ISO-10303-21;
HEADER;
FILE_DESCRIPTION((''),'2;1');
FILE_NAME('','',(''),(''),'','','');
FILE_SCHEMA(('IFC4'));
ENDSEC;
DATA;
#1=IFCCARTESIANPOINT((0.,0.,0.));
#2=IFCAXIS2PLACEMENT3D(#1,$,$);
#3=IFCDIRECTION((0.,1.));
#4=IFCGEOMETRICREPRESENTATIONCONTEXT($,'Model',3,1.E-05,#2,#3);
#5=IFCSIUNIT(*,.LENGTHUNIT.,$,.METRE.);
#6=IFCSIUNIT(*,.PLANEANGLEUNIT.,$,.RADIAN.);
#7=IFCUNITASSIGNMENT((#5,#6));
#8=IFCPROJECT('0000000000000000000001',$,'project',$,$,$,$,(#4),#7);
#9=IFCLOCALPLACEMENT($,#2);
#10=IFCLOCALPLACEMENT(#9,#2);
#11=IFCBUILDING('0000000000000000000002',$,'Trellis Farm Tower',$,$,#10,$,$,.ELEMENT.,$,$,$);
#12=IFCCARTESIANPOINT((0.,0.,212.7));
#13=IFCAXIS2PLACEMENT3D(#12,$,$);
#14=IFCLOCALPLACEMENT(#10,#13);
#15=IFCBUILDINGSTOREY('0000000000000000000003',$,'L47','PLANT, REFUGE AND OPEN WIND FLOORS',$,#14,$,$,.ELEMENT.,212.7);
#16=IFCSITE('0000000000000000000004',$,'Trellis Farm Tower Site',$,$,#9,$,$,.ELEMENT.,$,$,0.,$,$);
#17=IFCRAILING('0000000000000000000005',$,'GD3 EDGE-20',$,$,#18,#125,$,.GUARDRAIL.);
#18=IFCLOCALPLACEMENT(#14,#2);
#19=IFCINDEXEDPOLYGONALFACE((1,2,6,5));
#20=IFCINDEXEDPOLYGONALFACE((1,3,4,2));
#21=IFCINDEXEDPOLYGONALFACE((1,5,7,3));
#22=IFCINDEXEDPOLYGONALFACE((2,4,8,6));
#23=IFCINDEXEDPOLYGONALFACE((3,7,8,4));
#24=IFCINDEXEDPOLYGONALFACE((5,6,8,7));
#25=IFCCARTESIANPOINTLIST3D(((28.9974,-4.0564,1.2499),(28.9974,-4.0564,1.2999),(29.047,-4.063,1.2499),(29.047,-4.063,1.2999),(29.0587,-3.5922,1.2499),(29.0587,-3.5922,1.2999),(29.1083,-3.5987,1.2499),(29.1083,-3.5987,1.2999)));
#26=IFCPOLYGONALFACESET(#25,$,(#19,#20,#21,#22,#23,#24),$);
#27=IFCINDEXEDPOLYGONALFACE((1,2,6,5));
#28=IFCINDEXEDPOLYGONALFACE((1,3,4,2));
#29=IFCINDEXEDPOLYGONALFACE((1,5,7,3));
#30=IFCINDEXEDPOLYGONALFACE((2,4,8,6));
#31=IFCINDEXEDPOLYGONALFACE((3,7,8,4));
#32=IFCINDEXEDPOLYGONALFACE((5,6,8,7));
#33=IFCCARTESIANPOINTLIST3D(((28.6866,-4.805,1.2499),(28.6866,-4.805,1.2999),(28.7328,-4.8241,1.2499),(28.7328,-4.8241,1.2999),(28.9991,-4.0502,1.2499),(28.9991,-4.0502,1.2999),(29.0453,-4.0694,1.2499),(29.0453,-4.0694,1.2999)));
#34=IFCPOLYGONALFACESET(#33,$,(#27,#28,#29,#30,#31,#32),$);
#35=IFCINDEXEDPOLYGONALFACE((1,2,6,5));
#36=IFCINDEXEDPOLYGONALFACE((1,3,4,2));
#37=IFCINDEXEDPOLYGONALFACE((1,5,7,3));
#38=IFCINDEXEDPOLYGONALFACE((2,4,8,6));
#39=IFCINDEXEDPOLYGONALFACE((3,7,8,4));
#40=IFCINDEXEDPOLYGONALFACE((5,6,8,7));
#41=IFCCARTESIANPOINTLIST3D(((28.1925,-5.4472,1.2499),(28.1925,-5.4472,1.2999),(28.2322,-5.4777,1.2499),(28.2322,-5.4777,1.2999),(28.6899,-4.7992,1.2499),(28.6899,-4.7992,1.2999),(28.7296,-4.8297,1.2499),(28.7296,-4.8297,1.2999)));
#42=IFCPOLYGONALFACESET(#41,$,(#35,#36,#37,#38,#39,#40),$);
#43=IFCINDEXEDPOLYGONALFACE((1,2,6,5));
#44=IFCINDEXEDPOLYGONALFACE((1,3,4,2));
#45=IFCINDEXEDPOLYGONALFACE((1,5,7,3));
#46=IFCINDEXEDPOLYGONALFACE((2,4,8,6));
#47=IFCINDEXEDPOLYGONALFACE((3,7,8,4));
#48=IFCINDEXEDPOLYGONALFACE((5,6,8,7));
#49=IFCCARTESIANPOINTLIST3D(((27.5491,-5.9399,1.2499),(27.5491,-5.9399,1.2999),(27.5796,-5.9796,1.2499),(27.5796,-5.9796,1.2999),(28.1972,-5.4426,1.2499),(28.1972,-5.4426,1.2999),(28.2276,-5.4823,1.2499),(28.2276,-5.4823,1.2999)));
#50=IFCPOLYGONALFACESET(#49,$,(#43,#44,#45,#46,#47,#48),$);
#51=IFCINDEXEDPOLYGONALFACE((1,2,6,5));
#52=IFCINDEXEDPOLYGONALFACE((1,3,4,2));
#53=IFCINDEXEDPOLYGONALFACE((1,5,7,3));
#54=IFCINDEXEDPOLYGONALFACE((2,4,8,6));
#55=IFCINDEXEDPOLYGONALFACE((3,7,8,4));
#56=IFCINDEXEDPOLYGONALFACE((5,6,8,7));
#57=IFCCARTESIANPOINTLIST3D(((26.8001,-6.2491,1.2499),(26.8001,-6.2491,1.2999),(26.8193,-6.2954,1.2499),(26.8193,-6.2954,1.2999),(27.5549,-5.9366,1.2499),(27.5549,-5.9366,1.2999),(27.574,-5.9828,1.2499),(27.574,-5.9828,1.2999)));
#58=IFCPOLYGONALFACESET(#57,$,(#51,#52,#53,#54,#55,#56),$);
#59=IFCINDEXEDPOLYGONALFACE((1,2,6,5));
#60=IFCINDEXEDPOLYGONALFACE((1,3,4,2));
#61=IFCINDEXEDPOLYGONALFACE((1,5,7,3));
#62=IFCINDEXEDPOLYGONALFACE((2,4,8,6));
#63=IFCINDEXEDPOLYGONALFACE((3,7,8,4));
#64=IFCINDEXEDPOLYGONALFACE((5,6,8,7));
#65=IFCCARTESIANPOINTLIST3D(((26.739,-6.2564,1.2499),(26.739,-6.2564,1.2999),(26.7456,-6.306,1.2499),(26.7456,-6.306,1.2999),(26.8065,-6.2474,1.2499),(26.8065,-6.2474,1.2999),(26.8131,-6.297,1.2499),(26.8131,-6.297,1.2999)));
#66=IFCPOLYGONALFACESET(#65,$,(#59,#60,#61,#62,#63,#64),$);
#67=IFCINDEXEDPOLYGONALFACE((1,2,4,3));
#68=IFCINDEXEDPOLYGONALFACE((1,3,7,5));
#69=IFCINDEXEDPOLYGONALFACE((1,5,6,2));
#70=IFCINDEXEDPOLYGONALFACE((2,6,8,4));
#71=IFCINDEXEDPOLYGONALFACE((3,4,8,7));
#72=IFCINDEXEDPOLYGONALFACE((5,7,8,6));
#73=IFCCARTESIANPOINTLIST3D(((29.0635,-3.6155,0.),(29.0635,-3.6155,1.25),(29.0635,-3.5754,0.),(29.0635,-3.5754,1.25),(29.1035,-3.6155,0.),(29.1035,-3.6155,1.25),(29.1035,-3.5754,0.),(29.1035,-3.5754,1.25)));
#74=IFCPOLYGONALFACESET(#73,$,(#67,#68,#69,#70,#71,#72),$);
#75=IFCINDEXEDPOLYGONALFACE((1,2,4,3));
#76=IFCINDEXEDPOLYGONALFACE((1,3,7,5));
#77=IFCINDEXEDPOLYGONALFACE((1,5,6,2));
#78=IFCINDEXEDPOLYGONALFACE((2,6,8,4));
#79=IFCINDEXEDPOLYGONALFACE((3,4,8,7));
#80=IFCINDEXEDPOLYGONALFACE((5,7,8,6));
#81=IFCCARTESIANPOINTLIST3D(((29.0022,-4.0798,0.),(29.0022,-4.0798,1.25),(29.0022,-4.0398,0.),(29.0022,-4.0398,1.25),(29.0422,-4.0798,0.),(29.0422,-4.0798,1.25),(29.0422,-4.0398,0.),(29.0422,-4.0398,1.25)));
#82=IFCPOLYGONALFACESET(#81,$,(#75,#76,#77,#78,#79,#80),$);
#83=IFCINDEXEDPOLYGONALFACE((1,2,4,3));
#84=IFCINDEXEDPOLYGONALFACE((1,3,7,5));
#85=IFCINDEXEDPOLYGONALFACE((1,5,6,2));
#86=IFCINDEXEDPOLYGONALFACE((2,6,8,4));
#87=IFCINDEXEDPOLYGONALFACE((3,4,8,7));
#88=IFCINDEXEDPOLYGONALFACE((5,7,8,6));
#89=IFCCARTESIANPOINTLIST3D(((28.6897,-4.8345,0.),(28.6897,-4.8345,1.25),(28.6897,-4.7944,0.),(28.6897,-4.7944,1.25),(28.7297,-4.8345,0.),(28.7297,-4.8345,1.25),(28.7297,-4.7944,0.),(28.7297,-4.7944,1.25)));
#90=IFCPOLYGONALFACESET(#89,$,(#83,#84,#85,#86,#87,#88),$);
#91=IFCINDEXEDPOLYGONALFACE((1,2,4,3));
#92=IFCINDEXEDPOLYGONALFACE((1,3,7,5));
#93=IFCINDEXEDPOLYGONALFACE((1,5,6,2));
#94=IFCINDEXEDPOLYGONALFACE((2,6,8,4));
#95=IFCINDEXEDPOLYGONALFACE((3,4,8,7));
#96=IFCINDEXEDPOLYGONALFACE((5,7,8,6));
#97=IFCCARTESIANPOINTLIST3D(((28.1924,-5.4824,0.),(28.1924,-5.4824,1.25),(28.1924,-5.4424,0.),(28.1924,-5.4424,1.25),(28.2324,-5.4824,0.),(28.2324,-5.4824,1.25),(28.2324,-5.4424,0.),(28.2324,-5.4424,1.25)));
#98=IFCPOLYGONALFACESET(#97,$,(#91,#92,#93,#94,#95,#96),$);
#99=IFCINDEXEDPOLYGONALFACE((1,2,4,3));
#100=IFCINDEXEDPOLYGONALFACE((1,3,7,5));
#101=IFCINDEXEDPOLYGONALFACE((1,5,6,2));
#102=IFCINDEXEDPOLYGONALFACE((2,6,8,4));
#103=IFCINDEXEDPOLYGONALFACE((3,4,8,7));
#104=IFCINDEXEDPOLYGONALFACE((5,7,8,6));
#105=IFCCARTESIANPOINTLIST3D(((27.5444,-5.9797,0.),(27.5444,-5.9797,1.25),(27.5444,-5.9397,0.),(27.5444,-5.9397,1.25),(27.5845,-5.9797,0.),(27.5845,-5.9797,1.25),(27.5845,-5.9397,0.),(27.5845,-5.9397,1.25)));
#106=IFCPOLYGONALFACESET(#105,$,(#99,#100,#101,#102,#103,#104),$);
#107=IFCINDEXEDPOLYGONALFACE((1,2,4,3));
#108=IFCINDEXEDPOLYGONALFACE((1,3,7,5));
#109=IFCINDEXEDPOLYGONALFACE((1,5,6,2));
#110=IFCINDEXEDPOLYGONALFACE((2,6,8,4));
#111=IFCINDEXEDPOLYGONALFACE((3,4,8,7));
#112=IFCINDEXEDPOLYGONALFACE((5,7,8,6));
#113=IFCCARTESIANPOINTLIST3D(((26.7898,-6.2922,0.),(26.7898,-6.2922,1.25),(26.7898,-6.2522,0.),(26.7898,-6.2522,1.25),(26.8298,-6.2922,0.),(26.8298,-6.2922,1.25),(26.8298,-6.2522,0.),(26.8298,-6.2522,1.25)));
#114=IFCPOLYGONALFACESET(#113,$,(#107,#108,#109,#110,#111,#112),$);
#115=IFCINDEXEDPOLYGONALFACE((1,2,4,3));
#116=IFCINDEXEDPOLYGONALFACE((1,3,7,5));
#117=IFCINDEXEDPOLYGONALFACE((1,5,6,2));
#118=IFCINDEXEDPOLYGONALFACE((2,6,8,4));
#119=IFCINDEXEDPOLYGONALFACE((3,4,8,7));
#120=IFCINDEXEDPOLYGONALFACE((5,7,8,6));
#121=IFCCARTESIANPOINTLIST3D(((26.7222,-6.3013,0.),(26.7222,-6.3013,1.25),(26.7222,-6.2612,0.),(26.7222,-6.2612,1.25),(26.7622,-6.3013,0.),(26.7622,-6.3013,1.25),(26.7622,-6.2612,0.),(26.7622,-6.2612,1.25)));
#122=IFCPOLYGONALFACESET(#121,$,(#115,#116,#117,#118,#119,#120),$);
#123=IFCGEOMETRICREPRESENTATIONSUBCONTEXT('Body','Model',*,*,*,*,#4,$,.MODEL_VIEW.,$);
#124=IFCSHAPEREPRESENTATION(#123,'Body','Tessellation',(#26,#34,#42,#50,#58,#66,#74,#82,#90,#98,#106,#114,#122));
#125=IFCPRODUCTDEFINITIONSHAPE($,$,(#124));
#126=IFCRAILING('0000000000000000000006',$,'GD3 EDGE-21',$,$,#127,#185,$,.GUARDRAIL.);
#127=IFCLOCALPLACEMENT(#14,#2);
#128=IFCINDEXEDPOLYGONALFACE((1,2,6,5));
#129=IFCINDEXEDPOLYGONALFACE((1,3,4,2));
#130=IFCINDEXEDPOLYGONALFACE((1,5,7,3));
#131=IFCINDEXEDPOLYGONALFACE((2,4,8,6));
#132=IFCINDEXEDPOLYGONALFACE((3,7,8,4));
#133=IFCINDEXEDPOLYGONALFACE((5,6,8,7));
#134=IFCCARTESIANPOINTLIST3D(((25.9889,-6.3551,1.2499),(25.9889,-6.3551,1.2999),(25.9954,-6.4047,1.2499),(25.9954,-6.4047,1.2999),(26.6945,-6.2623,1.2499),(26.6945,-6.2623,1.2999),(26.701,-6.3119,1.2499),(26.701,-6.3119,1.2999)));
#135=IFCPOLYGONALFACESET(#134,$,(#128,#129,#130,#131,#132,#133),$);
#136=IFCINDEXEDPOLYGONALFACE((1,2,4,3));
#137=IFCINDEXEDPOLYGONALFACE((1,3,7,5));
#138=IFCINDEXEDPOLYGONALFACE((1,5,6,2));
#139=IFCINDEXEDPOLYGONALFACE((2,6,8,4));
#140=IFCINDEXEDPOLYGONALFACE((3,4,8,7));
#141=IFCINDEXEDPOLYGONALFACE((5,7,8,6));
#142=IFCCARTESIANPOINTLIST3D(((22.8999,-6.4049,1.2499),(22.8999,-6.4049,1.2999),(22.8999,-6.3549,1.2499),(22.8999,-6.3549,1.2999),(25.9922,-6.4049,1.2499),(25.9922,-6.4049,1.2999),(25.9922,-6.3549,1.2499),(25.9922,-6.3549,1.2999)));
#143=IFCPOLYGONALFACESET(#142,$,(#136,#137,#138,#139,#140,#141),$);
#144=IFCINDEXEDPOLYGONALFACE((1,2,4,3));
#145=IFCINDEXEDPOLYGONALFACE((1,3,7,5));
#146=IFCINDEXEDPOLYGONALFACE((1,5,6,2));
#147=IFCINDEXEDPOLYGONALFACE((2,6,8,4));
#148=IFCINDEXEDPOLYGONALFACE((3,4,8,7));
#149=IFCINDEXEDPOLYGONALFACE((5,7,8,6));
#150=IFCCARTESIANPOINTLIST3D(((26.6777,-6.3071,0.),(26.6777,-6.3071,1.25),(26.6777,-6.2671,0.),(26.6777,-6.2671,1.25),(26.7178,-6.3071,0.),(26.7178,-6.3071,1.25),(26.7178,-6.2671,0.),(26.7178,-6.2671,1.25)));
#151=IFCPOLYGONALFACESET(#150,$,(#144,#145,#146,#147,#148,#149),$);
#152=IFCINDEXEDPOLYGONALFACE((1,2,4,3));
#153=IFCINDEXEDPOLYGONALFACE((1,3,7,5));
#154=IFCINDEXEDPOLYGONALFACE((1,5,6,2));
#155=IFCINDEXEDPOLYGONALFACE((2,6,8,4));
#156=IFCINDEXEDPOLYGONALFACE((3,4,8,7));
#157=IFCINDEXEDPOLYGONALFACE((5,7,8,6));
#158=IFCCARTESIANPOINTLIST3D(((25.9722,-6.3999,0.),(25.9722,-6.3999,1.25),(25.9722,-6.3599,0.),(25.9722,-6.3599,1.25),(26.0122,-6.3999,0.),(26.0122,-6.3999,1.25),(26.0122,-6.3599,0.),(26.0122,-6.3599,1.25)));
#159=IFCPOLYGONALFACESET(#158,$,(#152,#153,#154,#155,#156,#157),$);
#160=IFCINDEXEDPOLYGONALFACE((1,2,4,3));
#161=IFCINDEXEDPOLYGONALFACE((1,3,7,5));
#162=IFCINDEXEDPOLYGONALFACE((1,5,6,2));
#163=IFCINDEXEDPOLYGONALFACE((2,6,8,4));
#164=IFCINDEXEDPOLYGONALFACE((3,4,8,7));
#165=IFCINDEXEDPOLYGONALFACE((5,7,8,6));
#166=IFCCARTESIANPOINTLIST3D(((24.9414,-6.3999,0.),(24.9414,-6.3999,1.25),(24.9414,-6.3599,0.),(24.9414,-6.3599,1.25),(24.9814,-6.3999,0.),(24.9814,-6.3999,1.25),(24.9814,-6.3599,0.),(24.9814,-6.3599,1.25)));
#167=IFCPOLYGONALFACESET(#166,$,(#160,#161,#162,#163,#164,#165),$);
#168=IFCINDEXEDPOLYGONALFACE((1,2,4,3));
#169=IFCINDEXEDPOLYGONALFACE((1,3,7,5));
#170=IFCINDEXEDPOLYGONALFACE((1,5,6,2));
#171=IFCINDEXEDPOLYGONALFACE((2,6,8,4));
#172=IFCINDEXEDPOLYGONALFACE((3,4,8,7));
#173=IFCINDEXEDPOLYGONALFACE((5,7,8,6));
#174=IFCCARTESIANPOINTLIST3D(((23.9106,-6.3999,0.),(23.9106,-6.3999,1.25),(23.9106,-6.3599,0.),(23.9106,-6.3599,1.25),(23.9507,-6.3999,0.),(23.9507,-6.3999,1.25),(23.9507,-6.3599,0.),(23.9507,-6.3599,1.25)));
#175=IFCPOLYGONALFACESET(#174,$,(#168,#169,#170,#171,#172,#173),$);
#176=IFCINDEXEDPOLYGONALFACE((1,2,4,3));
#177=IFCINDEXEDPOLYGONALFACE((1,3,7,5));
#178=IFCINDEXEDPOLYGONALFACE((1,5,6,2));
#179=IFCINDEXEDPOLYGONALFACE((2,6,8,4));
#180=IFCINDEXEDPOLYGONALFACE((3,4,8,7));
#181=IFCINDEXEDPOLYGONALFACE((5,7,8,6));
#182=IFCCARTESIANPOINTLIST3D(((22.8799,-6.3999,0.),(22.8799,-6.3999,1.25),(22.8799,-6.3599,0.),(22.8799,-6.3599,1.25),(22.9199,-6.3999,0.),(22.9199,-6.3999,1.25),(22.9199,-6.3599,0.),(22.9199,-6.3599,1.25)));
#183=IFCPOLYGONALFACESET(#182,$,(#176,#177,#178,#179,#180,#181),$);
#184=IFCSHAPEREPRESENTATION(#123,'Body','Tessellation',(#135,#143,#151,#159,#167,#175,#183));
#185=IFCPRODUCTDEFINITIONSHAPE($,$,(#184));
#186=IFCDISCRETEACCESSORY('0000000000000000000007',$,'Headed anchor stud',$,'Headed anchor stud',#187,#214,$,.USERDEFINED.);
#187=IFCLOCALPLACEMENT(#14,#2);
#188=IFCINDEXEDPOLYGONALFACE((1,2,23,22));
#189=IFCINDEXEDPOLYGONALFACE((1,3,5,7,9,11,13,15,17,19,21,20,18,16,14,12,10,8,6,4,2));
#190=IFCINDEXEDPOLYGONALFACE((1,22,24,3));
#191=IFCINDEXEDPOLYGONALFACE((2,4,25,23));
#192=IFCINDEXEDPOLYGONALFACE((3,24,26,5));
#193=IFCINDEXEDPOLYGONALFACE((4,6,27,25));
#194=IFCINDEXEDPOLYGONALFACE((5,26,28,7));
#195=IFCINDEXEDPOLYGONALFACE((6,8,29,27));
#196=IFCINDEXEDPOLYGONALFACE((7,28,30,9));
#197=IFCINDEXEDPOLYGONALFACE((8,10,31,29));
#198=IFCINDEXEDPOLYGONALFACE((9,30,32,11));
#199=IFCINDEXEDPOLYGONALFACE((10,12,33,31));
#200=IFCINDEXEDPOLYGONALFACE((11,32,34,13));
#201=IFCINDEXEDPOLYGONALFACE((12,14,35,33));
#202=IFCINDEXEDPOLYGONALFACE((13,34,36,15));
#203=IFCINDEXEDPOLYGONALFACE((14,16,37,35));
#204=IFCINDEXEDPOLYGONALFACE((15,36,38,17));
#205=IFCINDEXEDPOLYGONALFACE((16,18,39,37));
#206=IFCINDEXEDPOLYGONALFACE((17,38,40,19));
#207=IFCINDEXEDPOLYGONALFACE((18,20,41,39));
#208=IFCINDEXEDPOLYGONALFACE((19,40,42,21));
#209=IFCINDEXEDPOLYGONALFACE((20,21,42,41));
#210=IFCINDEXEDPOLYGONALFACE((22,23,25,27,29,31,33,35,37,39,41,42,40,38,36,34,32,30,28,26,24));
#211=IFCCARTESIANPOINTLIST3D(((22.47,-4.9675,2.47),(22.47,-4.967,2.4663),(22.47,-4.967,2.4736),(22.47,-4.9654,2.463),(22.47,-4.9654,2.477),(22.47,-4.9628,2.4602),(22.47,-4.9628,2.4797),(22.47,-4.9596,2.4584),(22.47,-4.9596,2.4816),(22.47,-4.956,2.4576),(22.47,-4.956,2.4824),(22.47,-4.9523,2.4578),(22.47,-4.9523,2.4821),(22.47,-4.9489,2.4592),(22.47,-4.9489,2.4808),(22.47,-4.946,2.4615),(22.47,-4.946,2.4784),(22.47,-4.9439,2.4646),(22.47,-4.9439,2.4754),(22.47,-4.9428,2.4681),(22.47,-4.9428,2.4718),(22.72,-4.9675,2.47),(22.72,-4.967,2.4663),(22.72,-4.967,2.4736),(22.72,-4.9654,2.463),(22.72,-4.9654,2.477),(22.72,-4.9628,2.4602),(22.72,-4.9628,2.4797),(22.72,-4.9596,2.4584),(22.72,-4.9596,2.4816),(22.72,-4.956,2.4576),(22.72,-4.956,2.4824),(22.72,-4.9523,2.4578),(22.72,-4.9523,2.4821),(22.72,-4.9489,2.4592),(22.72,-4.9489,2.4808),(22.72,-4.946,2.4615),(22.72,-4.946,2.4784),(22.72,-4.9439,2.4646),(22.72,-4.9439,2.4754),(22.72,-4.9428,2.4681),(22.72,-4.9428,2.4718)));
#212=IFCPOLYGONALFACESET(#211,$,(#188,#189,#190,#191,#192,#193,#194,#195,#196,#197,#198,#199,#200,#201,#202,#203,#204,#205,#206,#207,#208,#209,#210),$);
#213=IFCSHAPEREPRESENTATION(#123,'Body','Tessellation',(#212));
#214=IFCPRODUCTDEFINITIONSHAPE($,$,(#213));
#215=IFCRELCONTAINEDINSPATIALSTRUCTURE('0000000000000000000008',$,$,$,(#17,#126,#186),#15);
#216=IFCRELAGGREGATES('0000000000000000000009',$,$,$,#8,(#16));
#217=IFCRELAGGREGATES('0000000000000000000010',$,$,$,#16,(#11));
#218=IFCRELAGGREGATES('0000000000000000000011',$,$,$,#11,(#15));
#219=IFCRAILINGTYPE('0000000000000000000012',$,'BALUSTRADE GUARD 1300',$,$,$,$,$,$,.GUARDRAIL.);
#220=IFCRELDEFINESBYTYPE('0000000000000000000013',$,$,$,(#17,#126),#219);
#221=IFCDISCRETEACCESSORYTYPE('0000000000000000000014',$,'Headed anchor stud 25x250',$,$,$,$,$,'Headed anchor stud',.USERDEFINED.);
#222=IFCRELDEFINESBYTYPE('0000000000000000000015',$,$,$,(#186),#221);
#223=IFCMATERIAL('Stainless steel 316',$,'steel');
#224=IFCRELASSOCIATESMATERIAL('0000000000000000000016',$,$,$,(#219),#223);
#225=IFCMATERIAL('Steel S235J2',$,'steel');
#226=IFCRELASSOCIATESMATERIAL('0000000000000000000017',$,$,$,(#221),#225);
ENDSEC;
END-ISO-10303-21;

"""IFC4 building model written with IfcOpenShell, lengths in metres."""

from ifc_helpers import new_model, si_unit, direction, frame, origin, origin_2d, place, context, subcontext, project, spatial, rectangle, circle, extrude, source, transform, mapped, material, material_profile, profile_set, type_object, element, save


model = new_model("IFC4")

# Units and contexts
model_context = context("Model", 3, precision=1e-05, world=origin(), true_north=direction((0.0, 1.0)))
body_context = subcontext(model_context, "Body", "Model", "MODEL_VIEW")
ifc_project = project(units=[si_unit("LENGTHUNIT", "METRE"), si_unit("PLANEANGLEUNIT", "RADIAN")], contexts=[model_context])

# Site, building, storey
site_placement = place(None, origin())
site = spatial("IfcSite", under=ifc_project, at=site_placement, Name="Trellis Farm Tower Site", CompositionType="ELEMENT", RefElevation=0.0)
building_placement = place(site_placement, origin())
building = spatial("IfcBuilding", under=site, at=building_placement, Name="Trellis Farm Tower", CompositionType="ELEMENT")
storey_placement = place(building_placement, frame((0.0, 0.0, 212.7)))
storey = spatial("IfcBuildingStorey", under=building, at=storey_placement, Name="L47", Description="PLANT, REFUGE AND OPEN WIND FLOORS", CompositionType="ELEMENT", Elevation=212.7)

# Railings
ifc_material_1 = material(Name="Stainless steel 316", Category="steel")
railing_type = type_object("IfcRailingType", Name="BALUSTRADE GUARD 1300", PredefinedType="GUARDRAIL", material=ifc_material_1)
railing_1_placement = place(storey_placement, frame((29.0835, -3.5955, 0.0)))
element("IfcRailing", 1, at=railing_1_placement, inside=storey, type_object=railing_type, Name="GD3 EDGE-20", PredefinedType="GUARDRAIL", context=body_context, shape_type="SweptSolid", body=[
    extrude(rectangle(XDim=0.05, YDim=0.05, at=origin_2d()), frame((0.0, 0.0, 1.2749), z_axis=(-0.130832, -0.991405, 0.0), x_axis=(0.991405, -0.130832, 0.0)), (0.0, 0.0, 1.0), 0.4683),
    extrude(rectangle(XDim=0.05, YDim=0.05, at=origin_2d()), frame((-0.0613, -0.4644, 1.2749), z_axis=(-0.382598, -0.923915, 0.0), x_axis=(0.923915, -0.382598, 0.0)), (0.0, 0.0, 1.0), 0.8169),
    extrude(rectangle(XDim=0.05, YDim=0.05, at=origin_2d()), frame((-0.3738, -1.219, 1.2749), z_axis=(-0.608858, -0.793279, 0.0), x_axis=(0.793279, -0.608858, 0.0)), (0.0, 0.0, 1.0), 0.8169),
    extrude(rectangle(XDim=0.05, YDim=0.05, at=origin_2d()), frame((-0.8711, -1.8669, 1.2749), z_axis=(-0.793279, -0.608858, 0.0), x_axis=(0.608858, -0.793279, 0.0)), (0.0, 0.0, 1.0), 0.8169),
    extrude(rectangle(XDim=0.05, YDim=0.05, at=origin_2d()), frame((-1.519, -2.3643, 1.2749), z_axis=(-0.923915, -0.382598, 0.0), x_axis=(0.382598, -0.923915, 0.0)), (0.0, 0.0, 1.0), 0.8169),
    extrude(rectangle(XDim=0.05, YDim=0.05, at=origin_2d()), frame((-2.2737, -2.6768, 1.2749), z_axis=(-0.991197, -0.132398, 0.0), x_axis=(0.132398, -0.991197, 0.0)), (0.0, 0.0, 1.0), 0.0681),
    extrude(rectangle(XDim=0.04, YDim=0.04, at=origin_2d()), origin(), (0.0, 0.0, 1.0), 1.25),
    extrude(rectangle(XDim=0.04, YDim=0.04, at=origin_2d()), frame((-0.0613, -0.4644, 0.0)), (0.0, 0.0, 1.0), 1.25),
    extrude(rectangle(XDim=0.04, YDim=0.04, at=origin_2d()), frame((-0.3738, -1.219, 0.0)), (0.0, 0.0, 1.0), 1.25),
    extrude(rectangle(XDim=0.04, YDim=0.04, at=origin_2d()), frame((-0.8711, -1.8669, 0.0)), (0.0, 0.0, 1.0), 1.25),
    extrude(rectangle(XDim=0.04, YDim=0.04, at=origin_2d()), frame((-1.519, -2.3643, 0.0)), (0.0, 0.0, 1.0), 1.25),
    extrude(rectangle(XDim=0.04, YDim=0.04, at=origin_2d()), frame((-2.2737, -2.6768, 0.0)), (0.0, 0.0, 1.0), 1.25),
    extrude(rectangle(XDim=0.04, YDim=0.04, at=origin_2d()), frame((-2.3413, -2.6858, 0.0)), (0.0, 0.0, 1.0), 1.25),
])
railing_2_placement = place(storey_placement, frame((26.6978, -6.2871, 0.0)))
element("IfcRailing", 2, at=railing_2_placement, inside=storey, type_object=railing_type, Name="GD3 EDGE-21", PredefinedType="GUARDRAIL", context=body_context, shape_type="SweptSolid", body=[
    extrude(rectangle(XDim=0.05, YDim=0.05, at=origin_2d()), frame((0.0, 0.0, 1.2749), z_axis=(-0.991466, -0.130366, 0.0), x_axis=(0.130366, -0.991466, 0.0)), (0.0, 0.0, 1.0), 0.7117),
    extrude(rectangle(XDim=0.05, YDim=0.05, at=origin_2d()), frame((-0.7056, -0.0928, 1.2749), z_axis=(-1.0, 0.0, 0.0), x_axis=(0.0, -1.0, 0.0)), (0.0, 0.0, 1.0), 3.0923),
    extrude(rectangle(XDim=0.04, YDim=0.04, at=origin_2d()), origin(), (0.0, 0.0, 1.0), 1.25),
    extrude(rectangle(XDim=0.04, YDim=0.04, at=origin_2d()), frame((-0.7056, -0.0928, 0.0)), (0.0, 0.0, 1.0), 1.25),
    extrude(rectangle(XDim=0.04, YDim=0.04, at=origin_2d()), frame((-1.7363, -0.0928, 0.0)), (0.0, 0.0, 1.0), 1.25),
    extrude(rectangle(XDim=0.04, YDim=0.04, at=origin_2d()), frame((-2.7671, -0.0928, 0.0)), (0.0, 0.0, 1.0), 1.25),
    extrude(rectangle(XDim=0.04, YDim=0.04, at=origin_2d()), frame((-3.7979, -0.0928, 0.0)), (0.0, 0.0, 1.0), 1.25),
])

# Discrete accessory
ifc_material_2 = material(Name="Steel S235J2", Category="steel")
ifc_material_profile_1 = material_profile(ifc_material_2, circle(Radius=0.0125, at=origin_2d()), Name="Headed anchor stud 25x250")
ifc_profile_set_1 = profile_set([ifc_material_profile_1], Name="Steel S235J2")
discrete_accessory_type = type_object("IfcDiscreteAccessoryType", Name="Headed anchor stud 25x250", ElementType="Headed anchor stud", PredefinedType="USERDEFINED", material=ifc_profile_set_1)
shared_shape_1 = source(origin(), body_context, "Body", "SweptSolid", [
    extrude(circle(Radius=0.0125, at=origin_2d()), origin(), (0.0, 0.0, 1.0), 0.25),
])
for number, where, z_axis, x_axis, name in (
    (3, (22.72, -4.9551, 2.47), (-1.0, 0.0, 0.0), (0.0, -1.0, 0.0), "Headed anchor stud"),
):
    element("IfcDiscreteAccessory", number, at=place(storey_placement, frame(where, z_axis=z_axis, x_axis=x_axis)), inside=storey, type_object=discrete_accessory_type, Name=name, ObjectType="Headed anchor stud", PredefinedType="USERDEFINED", context=body_context, shape_type="MappedRepresentation", body=[
        mapped(shared_shape_1, transform((0.0, 0.0, 0.0))),
    ])

save(model, "model.ifc")
